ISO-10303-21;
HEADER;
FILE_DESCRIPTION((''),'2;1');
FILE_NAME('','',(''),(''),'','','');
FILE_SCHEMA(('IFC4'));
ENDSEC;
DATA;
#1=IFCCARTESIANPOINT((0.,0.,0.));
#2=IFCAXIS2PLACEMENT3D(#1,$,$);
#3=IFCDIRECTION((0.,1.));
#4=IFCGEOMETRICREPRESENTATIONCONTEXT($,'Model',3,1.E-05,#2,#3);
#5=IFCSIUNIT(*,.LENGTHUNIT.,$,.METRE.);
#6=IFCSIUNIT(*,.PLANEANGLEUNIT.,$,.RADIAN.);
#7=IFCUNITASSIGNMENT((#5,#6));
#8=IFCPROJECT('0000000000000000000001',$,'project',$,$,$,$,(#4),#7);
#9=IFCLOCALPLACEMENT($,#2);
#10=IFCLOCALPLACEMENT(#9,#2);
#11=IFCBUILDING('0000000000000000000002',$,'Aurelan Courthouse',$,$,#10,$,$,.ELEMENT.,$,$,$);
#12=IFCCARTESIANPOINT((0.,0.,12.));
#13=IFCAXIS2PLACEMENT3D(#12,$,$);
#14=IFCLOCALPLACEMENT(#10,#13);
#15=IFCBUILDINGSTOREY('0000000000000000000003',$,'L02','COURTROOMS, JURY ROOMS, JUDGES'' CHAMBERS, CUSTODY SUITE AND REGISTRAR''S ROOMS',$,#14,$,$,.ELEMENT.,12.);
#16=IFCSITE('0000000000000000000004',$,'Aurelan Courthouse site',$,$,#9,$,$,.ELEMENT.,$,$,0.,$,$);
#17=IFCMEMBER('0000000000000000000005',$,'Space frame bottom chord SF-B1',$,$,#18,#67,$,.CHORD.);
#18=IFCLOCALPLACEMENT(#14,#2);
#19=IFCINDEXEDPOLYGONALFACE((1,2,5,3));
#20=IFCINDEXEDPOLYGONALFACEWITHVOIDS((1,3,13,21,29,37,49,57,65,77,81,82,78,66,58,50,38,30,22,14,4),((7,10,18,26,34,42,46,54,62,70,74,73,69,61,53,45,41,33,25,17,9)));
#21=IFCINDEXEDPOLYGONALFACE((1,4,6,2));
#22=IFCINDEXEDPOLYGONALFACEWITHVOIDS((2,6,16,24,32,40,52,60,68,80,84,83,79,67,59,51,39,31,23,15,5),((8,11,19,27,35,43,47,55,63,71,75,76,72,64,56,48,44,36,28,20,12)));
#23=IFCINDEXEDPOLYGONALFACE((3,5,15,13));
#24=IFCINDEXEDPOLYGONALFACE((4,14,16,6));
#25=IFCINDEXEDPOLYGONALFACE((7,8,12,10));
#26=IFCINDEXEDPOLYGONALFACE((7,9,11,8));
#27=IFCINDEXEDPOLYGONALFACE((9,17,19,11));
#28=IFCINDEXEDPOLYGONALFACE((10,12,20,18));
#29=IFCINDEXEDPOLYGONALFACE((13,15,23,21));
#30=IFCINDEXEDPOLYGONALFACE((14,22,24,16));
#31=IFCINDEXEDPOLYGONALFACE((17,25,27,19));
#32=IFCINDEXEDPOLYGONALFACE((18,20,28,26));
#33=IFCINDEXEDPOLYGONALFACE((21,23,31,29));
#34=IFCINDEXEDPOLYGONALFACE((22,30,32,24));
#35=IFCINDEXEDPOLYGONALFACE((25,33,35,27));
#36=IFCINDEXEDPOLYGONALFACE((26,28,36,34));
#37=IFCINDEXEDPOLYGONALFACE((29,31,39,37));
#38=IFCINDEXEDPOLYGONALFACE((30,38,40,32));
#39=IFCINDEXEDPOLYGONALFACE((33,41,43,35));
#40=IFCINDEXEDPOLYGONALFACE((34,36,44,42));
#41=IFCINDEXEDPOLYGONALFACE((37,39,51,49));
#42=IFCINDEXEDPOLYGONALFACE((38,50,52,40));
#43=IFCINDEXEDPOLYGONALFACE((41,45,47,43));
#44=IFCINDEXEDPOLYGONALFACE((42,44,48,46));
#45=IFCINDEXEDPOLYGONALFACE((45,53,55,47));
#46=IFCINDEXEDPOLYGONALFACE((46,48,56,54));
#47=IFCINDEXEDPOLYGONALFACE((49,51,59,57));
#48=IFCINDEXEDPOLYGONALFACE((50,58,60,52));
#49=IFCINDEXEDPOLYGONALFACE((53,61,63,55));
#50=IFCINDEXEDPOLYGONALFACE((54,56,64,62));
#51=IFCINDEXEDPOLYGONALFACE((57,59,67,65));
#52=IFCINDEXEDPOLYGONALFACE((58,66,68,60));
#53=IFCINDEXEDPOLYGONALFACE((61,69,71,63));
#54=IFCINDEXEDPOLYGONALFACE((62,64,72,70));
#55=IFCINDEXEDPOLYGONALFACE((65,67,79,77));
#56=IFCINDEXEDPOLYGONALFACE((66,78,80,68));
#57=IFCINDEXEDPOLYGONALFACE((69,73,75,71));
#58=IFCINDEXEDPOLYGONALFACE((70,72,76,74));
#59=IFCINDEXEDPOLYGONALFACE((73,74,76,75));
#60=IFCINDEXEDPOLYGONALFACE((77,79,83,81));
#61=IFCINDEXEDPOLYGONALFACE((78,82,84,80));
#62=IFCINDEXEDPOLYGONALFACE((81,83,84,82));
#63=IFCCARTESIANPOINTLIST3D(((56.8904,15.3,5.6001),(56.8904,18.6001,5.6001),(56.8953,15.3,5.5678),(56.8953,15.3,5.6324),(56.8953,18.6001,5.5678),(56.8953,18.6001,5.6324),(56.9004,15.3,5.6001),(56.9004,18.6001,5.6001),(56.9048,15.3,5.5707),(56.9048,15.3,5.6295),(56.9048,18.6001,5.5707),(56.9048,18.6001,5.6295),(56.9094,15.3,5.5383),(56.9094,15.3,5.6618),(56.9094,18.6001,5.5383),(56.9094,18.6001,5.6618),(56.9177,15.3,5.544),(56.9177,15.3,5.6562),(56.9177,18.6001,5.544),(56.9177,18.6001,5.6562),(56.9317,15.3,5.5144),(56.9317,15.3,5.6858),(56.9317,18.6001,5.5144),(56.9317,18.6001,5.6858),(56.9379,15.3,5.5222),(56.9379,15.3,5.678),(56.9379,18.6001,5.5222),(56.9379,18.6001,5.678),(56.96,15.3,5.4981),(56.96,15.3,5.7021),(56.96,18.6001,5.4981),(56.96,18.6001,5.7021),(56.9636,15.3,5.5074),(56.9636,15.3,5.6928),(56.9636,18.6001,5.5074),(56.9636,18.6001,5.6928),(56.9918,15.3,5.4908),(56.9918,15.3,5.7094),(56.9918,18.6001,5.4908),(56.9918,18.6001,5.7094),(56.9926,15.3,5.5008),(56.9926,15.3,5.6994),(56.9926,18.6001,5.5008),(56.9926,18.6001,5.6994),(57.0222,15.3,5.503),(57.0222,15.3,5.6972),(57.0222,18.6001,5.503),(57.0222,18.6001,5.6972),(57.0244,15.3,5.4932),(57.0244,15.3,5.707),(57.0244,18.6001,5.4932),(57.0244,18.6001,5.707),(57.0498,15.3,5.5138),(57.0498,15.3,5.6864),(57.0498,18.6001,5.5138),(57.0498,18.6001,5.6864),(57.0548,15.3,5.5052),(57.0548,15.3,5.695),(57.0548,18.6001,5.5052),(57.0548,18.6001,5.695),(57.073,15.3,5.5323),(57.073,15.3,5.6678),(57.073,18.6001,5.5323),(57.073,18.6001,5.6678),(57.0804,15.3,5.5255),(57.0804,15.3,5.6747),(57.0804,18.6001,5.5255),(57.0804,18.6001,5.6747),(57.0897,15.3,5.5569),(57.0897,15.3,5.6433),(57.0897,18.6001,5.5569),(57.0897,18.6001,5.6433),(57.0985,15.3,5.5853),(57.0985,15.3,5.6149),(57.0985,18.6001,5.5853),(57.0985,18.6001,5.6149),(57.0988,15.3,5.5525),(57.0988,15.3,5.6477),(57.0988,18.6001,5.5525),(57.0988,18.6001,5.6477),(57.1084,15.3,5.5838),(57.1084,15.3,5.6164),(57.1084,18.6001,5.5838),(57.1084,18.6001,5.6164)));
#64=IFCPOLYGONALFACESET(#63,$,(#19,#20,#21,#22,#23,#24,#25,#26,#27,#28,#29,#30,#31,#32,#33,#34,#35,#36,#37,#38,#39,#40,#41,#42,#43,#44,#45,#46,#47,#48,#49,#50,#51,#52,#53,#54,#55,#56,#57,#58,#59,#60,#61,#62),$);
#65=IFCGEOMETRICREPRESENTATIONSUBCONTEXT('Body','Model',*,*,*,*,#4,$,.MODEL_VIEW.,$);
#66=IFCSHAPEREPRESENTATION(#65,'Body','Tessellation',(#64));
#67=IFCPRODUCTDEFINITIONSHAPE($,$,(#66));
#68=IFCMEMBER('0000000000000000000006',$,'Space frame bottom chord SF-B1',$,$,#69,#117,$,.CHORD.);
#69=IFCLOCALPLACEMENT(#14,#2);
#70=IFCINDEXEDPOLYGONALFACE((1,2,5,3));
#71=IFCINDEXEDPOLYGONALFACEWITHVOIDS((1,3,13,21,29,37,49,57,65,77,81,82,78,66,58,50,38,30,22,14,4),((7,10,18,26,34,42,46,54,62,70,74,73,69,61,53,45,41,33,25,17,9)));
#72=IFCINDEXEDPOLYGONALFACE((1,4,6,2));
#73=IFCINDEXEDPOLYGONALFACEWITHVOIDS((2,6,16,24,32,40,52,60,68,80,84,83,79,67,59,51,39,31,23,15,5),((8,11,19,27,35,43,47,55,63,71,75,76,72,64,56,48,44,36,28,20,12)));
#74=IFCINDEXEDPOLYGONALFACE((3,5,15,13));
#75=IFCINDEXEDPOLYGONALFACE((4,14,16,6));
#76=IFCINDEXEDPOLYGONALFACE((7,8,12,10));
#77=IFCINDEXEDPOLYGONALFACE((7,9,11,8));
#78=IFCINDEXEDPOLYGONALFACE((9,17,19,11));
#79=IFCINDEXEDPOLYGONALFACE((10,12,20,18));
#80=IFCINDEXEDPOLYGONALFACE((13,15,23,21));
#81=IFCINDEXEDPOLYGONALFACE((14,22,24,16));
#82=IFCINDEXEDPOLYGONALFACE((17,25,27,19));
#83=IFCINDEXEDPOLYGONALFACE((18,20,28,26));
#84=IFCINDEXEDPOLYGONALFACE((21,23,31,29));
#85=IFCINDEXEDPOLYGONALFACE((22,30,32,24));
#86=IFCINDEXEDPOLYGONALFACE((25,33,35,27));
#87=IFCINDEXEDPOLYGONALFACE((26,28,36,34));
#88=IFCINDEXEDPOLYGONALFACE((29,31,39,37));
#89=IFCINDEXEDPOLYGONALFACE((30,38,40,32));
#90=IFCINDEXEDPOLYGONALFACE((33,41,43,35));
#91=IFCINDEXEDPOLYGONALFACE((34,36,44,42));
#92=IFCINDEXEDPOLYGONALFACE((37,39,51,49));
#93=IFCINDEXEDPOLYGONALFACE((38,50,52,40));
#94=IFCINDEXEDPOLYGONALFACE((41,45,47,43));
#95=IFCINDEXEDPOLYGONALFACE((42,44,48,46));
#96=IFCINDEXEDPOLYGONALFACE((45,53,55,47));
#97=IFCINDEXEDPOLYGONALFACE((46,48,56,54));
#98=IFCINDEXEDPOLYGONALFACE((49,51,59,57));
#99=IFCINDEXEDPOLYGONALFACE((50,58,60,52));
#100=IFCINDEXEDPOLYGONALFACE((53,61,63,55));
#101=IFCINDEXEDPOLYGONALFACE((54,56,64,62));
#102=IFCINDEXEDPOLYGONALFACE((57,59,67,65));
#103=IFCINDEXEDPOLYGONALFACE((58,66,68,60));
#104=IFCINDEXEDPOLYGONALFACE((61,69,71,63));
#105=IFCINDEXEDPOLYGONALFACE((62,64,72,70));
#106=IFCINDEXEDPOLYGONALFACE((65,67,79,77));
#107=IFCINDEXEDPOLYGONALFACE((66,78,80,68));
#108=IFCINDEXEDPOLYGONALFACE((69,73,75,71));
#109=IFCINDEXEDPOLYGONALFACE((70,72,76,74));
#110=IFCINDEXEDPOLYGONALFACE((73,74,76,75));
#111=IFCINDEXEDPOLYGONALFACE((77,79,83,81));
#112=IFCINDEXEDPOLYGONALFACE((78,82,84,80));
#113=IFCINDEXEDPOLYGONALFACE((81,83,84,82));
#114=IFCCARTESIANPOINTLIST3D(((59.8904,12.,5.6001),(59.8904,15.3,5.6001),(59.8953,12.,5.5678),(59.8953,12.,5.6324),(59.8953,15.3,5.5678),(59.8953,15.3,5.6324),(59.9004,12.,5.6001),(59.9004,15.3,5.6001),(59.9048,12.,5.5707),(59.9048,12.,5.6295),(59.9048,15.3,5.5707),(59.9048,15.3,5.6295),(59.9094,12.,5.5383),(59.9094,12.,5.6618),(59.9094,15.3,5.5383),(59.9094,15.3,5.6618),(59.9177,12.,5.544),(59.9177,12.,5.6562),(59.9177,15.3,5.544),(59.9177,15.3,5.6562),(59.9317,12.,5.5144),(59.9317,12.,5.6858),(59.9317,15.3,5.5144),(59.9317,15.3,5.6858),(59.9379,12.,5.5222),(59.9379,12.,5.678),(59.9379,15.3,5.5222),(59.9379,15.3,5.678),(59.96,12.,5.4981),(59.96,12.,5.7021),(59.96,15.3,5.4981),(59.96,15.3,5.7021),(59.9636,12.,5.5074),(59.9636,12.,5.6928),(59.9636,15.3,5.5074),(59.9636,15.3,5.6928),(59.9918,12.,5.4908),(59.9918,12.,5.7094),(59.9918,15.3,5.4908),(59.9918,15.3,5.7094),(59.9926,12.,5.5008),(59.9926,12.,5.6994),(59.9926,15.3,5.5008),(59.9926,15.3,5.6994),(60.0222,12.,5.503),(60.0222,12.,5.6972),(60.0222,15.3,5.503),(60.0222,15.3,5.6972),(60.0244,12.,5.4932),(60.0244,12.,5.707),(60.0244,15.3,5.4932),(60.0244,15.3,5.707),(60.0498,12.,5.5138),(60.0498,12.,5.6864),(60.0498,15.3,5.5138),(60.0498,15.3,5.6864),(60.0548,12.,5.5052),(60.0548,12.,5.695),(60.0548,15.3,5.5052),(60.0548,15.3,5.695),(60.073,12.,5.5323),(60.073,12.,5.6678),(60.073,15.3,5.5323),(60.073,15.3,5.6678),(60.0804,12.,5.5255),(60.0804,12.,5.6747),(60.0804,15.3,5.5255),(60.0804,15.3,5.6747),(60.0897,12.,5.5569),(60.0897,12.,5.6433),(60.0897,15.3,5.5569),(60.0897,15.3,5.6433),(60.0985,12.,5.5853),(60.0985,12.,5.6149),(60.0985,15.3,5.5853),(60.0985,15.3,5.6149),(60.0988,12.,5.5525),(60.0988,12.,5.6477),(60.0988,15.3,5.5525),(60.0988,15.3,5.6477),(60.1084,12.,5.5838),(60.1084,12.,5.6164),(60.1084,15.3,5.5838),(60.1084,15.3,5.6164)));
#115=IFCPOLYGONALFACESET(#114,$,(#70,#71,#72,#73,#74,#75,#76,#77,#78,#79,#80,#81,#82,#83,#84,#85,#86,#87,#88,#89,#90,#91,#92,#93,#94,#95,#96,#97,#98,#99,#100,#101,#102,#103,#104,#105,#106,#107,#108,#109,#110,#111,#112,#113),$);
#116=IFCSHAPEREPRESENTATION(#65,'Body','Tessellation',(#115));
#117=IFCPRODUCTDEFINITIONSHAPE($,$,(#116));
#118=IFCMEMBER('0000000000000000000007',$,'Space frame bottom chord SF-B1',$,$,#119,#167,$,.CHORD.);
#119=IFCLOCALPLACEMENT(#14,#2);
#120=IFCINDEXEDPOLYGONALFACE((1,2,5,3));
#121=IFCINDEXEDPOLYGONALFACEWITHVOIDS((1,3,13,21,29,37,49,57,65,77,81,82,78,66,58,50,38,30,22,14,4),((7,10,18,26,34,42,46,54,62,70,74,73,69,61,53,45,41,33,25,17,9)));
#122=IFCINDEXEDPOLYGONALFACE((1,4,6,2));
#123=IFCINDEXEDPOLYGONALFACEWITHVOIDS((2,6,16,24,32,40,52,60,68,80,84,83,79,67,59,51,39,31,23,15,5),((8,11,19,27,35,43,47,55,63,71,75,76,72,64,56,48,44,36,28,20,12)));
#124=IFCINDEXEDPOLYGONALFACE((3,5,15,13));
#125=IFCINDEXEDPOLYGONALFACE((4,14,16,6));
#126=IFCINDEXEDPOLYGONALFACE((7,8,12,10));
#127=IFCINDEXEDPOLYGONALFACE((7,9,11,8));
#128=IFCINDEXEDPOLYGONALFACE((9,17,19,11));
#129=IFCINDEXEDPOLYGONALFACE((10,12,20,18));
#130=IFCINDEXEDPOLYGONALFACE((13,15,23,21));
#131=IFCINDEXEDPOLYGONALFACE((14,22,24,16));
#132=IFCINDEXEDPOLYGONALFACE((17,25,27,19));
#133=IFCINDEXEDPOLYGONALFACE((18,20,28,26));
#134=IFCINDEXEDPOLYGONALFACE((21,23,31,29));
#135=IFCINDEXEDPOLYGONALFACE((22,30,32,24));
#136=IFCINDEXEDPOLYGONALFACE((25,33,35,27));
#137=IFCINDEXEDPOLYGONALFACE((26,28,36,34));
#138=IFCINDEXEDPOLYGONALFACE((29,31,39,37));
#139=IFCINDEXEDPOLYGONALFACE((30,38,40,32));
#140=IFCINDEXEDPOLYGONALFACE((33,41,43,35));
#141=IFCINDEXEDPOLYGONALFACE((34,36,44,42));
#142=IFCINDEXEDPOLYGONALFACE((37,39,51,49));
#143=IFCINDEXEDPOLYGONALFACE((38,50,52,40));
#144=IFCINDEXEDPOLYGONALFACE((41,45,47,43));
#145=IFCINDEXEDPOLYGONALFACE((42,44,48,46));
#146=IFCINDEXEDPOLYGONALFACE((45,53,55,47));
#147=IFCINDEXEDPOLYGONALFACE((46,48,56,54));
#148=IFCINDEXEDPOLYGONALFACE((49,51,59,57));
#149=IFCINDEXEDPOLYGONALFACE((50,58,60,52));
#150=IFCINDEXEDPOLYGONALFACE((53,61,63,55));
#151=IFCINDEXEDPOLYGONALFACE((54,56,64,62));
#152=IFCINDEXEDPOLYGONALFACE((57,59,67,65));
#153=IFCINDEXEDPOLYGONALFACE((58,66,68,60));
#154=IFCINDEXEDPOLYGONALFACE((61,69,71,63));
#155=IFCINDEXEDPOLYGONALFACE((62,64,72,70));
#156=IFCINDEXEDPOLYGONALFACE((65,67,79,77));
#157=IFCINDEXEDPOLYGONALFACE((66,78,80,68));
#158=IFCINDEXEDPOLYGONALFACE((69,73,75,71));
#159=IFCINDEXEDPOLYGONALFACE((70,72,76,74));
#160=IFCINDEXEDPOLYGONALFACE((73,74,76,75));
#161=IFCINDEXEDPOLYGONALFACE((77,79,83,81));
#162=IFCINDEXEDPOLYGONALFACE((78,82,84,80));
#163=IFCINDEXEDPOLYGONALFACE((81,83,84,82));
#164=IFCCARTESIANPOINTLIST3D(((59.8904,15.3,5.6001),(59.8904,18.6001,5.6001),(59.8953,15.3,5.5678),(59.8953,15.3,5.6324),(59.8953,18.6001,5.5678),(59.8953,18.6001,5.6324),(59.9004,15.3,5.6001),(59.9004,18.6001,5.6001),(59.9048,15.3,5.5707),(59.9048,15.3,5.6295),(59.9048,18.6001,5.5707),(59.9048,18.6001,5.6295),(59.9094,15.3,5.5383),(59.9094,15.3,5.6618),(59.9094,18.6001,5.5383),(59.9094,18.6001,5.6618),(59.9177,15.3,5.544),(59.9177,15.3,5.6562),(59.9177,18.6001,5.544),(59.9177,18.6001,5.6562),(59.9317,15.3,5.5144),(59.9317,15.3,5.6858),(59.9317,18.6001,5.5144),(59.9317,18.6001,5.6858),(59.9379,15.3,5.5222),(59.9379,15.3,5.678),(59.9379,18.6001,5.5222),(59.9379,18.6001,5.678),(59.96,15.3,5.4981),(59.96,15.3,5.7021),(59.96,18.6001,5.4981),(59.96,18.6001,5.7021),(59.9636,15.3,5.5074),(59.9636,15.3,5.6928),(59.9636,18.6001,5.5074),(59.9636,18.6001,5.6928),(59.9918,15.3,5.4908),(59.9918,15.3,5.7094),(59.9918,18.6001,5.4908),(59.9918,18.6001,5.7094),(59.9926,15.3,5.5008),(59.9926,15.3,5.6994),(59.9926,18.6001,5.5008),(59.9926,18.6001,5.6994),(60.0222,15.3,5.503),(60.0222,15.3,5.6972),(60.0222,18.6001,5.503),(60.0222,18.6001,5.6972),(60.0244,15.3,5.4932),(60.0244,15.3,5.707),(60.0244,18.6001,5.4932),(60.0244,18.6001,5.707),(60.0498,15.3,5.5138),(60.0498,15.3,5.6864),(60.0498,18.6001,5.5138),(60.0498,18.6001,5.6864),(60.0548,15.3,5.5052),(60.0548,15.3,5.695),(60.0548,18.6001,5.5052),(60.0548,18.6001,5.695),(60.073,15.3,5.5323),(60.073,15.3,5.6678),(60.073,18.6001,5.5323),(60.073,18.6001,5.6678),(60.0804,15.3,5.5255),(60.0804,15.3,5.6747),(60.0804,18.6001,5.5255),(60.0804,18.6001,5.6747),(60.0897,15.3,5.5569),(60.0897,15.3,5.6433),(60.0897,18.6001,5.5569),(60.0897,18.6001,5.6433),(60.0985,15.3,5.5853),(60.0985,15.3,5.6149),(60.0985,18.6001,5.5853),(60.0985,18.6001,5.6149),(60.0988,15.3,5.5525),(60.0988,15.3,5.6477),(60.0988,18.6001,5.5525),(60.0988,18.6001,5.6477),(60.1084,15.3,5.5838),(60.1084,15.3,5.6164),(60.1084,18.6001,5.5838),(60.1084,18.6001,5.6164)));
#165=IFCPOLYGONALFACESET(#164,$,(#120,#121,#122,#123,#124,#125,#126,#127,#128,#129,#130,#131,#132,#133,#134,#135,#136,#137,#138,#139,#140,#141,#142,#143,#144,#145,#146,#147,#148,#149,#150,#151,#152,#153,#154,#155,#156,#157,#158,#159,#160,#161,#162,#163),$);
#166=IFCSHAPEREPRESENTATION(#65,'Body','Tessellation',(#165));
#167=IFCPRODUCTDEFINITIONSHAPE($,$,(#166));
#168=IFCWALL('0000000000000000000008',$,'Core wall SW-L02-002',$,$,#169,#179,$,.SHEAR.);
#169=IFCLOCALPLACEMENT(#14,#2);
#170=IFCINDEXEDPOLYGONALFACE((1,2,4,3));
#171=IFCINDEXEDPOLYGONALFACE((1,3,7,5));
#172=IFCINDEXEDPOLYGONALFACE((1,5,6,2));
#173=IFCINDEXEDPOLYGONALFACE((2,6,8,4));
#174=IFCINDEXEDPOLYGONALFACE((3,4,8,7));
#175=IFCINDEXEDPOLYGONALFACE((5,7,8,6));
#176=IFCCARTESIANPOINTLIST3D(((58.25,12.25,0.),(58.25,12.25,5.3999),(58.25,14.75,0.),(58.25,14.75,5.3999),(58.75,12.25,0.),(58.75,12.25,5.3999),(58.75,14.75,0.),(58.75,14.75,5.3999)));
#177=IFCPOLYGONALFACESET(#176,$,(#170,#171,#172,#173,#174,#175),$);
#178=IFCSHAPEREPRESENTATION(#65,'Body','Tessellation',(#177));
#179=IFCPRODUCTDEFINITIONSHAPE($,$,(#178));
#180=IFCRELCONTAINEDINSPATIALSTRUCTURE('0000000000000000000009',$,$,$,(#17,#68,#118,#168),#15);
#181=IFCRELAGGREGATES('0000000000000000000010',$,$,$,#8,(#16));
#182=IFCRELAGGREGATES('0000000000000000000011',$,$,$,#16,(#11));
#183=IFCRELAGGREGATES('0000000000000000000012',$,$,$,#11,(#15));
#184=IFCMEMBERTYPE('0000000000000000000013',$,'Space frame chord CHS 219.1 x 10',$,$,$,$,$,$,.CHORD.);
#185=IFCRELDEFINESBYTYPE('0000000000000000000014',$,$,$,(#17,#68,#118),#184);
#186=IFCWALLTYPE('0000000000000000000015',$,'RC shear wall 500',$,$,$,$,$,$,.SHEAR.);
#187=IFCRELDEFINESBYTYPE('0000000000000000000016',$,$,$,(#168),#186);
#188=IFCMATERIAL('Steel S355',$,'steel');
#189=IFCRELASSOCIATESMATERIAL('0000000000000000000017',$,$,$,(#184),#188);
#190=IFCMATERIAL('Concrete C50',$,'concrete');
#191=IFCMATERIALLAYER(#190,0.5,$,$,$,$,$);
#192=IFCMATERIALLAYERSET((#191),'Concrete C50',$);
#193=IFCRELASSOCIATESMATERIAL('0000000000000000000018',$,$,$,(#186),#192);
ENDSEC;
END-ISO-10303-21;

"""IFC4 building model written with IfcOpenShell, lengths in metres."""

from ifc_helpers import new_model, si_unit, direction, frame, frame_2d, origin, origin_2d, place, context, subcontext, project, spatial, rectangle, hollow_circle, extrude, material, layer, layer_set, material_profile, profile_set, type_object, element, save


model = new_model("IFC4")

# Units and contexts
model_context = context("Model", 3, precision=1e-05, world=origin(), true_north=direction((0.0, 1.0)))
body_context = subcontext(model_context, "Body", "Model", "MODEL_VIEW")
ifc_project = project(units=[si_unit("LENGTHUNIT", "METRE"), si_unit("PLANEANGLEUNIT", "RADIAN")], contexts=[model_context])

# Site, building, storey
site_placement = place(None, origin())
site = spatial("IfcSite", under=ifc_project, at=site_placement, Name="Aurelan Courthouse site", CompositionType="ELEMENT", RefElevation=0.0)
building_placement = place(site_placement, origin())
building = spatial("IfcBuilding", under=site, at=building_placement, Name="Aurelan Courthouse", CompositionType="ELEMENT")
storey_placement = place(building_placement, frame((0.0, 0.0, 12.0)))
storey = spatial("IfcBuildingStorey", under=building, at=storey_placement, Name="L02", Description="COURTROOMS, JURY ROOMS, JUDGES' CHAMBERS, CUSTODY SUITE AND REGISTRAR'S ROOMS", CompositionType="ELEMENT", Elevation=12.0)

# Shared definitions
ifc_material_1 = material(Name="Steel S355", Category="steel")

# Members
ifc_material_profile_1 = material_profile(ifc_material_1, hollow_circle(Radius=0.1096, WallThickness=0.01, at=origin_2d()), Name="CHS 219.1 x 10")
ifc_profile_set_1 = profile_set([ifc_material_profile_1], Name="Steel S355")
member_type_1 = type_object("IfcMemberType", Name="Space frame chord CHS 219.1 x 10", PredefinedType="CHORD", material=ifc_profile_set_1)
for number, where, z_axis, x_axis, name in (
    (1, (57.0, 15.3, 5.6001), (0.0, 1.0, 0.0), (-1.0, 0.0, 0.0), "Space frame bottom chord SF-B1"),
    (2, (60.0, 12.0, 5.6001), (0.0, 1.0, 0.0), (-1.0, 0.0, 0.0), "Space frame bottom chord SF-B1"),
    (3, (60.0, 15.3, 5.6001), (0.0, 1.0, 0.0), (-1.0, 0.0, 0.0), "Space frame bottom chord SF-B1"),
):
    element("IfcMember", number, at=place(storey_placement, frame(where, z_axis=z_axis, x_axis=x_axis)), inside=storey, type_object=member_type_1, Name=name, PredefinedType="CHORD", context=body_context, shape_type="SweptSolid", body=[
        extrude(hollow_circle(Radius=0.1096, WallThickness=0.01, at=origin_2d()), origin(), (0.0, 0.0, 1.0), 3.3),
    ])

# Wall
ifc_material_2 = material(Name="Concrete C50", Category="concrete")
ifc_layer_1 = layer(ifc_material_2, 0.5)
ifc_layer_set_1 = layer_set([ifc_layer_1], Name="Concrete C50")
wall_type = type_object("IfcWallType", Name="RC shear wall 500", PredefinedType="SHEAR", material=ifc_layer_set_1)
wall_1_placement = place(storey_placement, frame((58.5, 12.25, 0.0), z_axis=(0.0, 0.0, 1.0), x_axis=(0.0, 1.0, 0.0)))
element("IfcWall", 4, at=wall_1_placement, inside=storey, type_object=wall_type, Name="Core wall SW-L02-002", PredefinedType="SHEAR", context=body_context, shape_type="SweptSolid", body=[
    extrude(rectangle(XDim=2.5, YDim=0.5, at=frame_2d((1.25, 0.0))), origin(), (0.0, 0.0, 1.0), 5.3999),
])

save(model, "model.ifc")
